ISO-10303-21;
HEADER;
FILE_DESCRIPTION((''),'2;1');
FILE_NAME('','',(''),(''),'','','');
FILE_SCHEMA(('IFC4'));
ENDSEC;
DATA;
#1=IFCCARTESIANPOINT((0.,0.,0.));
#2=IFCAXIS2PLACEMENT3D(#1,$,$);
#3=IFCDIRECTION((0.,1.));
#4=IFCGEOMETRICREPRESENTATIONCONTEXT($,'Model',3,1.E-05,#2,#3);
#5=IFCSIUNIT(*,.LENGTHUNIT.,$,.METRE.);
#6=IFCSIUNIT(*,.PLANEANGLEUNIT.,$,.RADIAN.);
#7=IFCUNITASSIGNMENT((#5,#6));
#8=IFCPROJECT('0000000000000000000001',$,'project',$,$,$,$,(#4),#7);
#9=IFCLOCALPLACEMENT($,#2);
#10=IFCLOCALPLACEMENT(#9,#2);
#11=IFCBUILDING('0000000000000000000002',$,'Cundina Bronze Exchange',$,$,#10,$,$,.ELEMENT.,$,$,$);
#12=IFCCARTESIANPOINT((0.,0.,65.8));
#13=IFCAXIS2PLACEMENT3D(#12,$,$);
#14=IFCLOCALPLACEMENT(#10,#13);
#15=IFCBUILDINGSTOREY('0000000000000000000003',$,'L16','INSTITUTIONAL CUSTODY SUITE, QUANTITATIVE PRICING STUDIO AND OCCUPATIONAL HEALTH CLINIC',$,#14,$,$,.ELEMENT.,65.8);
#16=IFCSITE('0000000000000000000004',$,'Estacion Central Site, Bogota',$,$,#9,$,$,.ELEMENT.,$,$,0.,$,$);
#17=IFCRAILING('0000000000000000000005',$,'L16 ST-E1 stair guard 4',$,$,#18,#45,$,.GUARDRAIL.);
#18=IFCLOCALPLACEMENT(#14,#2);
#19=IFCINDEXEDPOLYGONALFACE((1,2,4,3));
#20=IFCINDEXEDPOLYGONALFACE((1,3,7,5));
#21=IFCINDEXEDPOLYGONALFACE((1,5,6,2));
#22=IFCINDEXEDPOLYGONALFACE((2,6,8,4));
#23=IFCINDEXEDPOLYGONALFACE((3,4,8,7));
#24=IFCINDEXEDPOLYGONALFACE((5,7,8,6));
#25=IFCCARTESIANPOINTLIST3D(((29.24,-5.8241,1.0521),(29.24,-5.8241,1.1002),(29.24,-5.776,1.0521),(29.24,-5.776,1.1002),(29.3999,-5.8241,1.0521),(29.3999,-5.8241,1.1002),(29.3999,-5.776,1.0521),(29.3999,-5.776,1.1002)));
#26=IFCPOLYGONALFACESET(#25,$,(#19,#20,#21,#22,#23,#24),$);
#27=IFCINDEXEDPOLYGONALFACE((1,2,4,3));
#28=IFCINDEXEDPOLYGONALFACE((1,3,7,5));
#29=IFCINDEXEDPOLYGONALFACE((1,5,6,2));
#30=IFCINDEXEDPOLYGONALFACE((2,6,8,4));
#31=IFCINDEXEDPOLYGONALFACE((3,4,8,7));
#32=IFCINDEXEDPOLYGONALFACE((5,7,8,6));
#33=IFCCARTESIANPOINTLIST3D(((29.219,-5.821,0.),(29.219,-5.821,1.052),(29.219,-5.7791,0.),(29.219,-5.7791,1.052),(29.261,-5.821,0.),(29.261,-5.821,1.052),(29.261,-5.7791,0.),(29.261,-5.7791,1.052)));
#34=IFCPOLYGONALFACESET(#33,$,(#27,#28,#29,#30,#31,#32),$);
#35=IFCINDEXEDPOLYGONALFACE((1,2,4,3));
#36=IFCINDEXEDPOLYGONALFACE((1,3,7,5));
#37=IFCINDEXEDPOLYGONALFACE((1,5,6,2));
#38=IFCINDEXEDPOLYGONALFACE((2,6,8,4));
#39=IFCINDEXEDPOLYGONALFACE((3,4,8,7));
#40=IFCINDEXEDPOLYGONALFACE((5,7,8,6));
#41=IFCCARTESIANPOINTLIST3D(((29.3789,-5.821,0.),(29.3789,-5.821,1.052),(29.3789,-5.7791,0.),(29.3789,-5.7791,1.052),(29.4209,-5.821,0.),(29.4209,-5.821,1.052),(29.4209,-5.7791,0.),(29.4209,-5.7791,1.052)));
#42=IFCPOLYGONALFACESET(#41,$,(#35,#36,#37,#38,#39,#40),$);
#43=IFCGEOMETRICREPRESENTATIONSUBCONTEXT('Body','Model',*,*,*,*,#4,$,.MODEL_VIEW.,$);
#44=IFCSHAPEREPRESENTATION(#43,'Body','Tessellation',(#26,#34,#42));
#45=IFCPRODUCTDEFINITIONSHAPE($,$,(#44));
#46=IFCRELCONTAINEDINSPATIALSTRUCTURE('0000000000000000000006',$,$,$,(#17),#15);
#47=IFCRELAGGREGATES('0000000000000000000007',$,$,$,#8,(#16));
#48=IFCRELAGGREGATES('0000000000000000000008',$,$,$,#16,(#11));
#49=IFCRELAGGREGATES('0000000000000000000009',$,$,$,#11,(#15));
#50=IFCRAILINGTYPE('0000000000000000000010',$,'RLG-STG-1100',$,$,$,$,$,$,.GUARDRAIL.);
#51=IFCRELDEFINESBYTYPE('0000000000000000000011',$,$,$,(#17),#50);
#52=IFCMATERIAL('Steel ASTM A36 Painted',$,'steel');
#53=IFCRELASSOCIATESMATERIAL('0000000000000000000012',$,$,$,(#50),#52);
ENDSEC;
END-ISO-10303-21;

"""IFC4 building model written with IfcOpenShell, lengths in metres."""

from ifc_helpers import new_model, si_unit, direction, frame, origin, origin_2d, place, context, subcontext, project, spatial, rectangle, extrude, material, type_object, element, save


model = new_model("IFC4")

# Units and contexts
model_context = context("Model", 3, precision=1e-05, world=origin(), true_north=direction((0.0, 1.0)))
body_context = subcontext(model_context, "Body", "Model", "MODEL_VIEW")
ifc_project = project(units=[si_unit("LENGTHUNIT", "METRE"), si_unit("PLANEANGLEUNIT", "RADIAN")], contexts=[model_context])

# Site, building, storey
site_placement = place(None, origin())
site = spatial("IfcSite", under=ifc_project, at=site_placement, Name="Estacion Central Site, Bogota", CompositionType="ELEMENT", RefElevation=0.0)
building_placement = place(site_placement, origin())
building = spatial("IfcBuilding", under=site, at=building_placement, Name="Cundina Bronze Exchange", CompositionType="ELEMENT")
storey_placement = place(building_placement, frame((0.0, 0.0, 65.8)))
storey = spatial("IfcBuildingStorey", under=building, at=storey_placement, Name="L16", Description="INSTITUTIONAL CUSTODY SUITE, QUANTITATIVE PRICING STUDIO AND OCCUPATIONAL HEALTH CLINIC", CompositionType="ELEMENT", Elevation=65.8)

# Railing
ifc_material_1 = material(Name="Steel ASTM A36 Painted", Category="steel")
railing_type_1 = type_object("IfcRailingType", Name="RLG-STG-1100", PredefinedType="GUARDRAIL", material=ifc_material_1)
railing_1_placement = place(storey_placement, frame((29.24, -5.8, 0.0)))
element("IfcRailing", 1, at=railing_1_placement, inside=storey, type_object=railing_type_1, Name="L16 ST-E1 stair guard 4", PredefinedType="GUARDRAIL", context=body_context, shape_type="SweptSolid", body=[
    extrude(rectangle(XDim=0.0481, YDim=0.0481, at=origin_2d()), frame((0.0, 0.0, 1.0762), z_axis=(1.0, 0.0, 0.0), x_axis=(0.0, 1.0, 0.0)), (0.0, 0.0, 1.0), 0.1599),
    extrude(rectangle(XDim=0.042, YDim=0.042, at=origin_2d()), origin(), (0.0, 0.0, 1.0), 1.052),
    extrude(rectangle(XDim=0.042, YDim=0.042, at=origin_2d()), frame((0.1599, 0.0, 0.0)), (0.0, 0.0, 1.0), 1.052),
])

save(model, "model.ifc")
